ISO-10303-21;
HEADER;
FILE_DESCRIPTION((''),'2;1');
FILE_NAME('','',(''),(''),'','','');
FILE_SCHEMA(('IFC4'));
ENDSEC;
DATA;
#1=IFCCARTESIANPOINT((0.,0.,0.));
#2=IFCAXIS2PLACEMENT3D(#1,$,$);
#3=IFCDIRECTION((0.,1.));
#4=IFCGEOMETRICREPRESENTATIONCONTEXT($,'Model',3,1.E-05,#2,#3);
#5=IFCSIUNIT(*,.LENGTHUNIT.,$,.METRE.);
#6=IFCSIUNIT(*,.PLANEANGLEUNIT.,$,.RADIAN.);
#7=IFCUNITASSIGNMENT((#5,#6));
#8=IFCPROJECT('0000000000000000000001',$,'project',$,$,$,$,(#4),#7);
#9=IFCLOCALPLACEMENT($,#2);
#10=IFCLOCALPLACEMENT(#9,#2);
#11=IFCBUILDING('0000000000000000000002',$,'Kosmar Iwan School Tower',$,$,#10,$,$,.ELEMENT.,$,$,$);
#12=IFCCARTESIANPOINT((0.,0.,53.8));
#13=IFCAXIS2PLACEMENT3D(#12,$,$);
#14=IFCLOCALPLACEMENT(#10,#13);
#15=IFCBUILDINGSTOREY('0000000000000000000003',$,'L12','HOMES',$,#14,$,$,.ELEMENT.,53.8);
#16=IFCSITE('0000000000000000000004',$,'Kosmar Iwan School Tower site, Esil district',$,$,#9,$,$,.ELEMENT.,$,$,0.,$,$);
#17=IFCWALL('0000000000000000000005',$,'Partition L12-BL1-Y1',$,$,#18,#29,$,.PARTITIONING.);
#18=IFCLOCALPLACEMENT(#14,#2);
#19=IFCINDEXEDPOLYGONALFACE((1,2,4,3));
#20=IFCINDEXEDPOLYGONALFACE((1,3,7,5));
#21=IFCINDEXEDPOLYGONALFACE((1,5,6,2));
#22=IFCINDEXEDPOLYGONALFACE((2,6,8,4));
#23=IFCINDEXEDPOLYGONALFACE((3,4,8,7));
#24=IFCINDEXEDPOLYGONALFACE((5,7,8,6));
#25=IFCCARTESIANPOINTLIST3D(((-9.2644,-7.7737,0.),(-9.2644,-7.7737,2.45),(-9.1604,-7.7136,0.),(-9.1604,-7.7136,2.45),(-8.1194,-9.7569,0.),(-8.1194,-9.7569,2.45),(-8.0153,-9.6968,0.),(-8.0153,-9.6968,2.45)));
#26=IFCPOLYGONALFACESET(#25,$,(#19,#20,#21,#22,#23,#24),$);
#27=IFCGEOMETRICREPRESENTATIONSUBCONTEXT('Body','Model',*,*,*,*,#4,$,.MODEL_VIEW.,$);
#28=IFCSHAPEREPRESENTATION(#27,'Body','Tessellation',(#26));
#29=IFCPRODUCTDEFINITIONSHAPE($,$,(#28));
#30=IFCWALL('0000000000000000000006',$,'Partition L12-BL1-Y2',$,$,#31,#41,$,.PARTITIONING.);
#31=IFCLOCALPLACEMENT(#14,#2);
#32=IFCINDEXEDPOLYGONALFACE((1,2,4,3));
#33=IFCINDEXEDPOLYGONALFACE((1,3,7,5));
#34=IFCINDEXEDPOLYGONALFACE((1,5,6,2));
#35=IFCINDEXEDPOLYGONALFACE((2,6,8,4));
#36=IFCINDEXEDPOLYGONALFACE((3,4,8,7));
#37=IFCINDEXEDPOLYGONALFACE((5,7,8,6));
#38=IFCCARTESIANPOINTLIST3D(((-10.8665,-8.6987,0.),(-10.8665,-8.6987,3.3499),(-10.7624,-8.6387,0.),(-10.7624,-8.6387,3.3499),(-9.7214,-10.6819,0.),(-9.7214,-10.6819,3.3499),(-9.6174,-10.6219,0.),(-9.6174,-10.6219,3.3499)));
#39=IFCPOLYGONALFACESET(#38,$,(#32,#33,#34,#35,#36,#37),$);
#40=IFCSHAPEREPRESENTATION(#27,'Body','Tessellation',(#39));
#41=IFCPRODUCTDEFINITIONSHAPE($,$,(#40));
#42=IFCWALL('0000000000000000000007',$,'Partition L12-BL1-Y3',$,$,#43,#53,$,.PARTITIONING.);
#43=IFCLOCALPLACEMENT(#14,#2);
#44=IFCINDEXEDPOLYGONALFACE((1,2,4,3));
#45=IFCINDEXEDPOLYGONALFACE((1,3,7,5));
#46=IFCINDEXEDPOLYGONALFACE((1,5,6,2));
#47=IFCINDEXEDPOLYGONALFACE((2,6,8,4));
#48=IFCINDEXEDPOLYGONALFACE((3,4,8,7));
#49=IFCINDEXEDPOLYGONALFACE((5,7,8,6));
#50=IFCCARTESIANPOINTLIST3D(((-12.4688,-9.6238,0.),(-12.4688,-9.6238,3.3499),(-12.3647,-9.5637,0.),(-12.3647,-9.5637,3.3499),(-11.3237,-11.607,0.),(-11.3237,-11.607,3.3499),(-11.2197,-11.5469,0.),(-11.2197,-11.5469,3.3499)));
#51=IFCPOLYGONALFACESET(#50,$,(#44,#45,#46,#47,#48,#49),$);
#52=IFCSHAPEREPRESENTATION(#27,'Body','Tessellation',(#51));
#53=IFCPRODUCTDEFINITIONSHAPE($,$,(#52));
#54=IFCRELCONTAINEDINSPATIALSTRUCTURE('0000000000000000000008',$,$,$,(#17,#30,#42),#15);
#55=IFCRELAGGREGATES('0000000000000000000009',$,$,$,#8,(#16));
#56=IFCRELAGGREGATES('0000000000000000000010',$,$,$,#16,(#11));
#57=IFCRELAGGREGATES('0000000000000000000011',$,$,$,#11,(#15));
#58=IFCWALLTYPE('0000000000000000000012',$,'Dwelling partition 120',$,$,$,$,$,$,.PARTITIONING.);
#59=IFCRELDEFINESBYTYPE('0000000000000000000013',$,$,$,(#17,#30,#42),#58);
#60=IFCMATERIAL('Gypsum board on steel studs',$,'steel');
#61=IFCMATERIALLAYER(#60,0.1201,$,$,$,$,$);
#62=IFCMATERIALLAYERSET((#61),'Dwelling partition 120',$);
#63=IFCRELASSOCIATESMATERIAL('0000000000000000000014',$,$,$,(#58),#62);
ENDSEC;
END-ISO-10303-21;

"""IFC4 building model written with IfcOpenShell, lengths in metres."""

from ifc_helpers import new_model, si_unit, direction, frame, frame_2d, origin, place, context, subcontext, project, spatial, rectangle, extrude, material, layer, layer_set, type_object, element, save


model = new_model("IFC4")

# Units and contexts
model_context = context("Model", 3, precision=1e-05, world=origin(), true_north=direction((0.0, 1.0)))
body_context = subcontext(model_context, "Body", "Model", "MODEL_VIEW")
ifc_project = project(units=[si_unit("LENGTHUNIT", "METRE"), si_unit("PLANEANGLEUNIT", "RADIAN")], contexts=[model_context])

# Site, building, storey
site_placement = place(None, origin())
site = spatial("IfcSite", under=ifc_project, at=site_placement, Name="Kosmar Iwan School Tower site, Esil district", CompositionType="ELEMENT", RefElevation=0.0)
building_placement = place(site_placement, origin())
building = spatial("IfcBuilding", under=site, at=building_placement, Name="Kosmar Iwan School Tower", CompositionType="ELEMENT")
storey_placement = place(building_placement, frame((0.0, 0.0, 53.8)))
storey = spatial("IfcBuildingStorey", under=building, at=storey_placement, Name="L12", Description="HOMES", CompositionType="ELEMENT", Elevation=53.8)

# Shared definitions
ifc_material_1 = material(Name="Gypsum board on steel studs", Category="steel")
ifc_layer_1 = layer(ifc_material_1, 0.1201)
ifc_layer_set_1 = layer_set([ifc_layer_1], Name="Dwelling partition 120")
wall_type_1 = type_object("IfcWallType", Name="Dwelling partition 120", PredefinedType="PARTITIONING", material=ifc_layer_set_1)

# Walls
wall_1_placement = place(storey_placement, frame((-9.2124, -7.7437, 0.0), z_axis=(0.0, 0.0, 1.0), x_axis=(0.500015, -0.866017, 0.0)))
element("IfcWall", 1, at=wall_1_placement, inside=storey, type_object=wall_type_1, Name="Partition L12-BL1-Y1", PredefinedType="PARTITIONING", context=body_context, shape_type="SweptSolid", body=[
    extrude(rectangle(XDim=2.29, YDim=0.1201, at=frame_2d((1.145, 0.0))), origin(), (0.0, 0.0, 1.0), 2.45),
])
for number, where, z_axis, x_axis, name in (
    (2, (-10.8145, -8.6687, 0.0), (0.0, 0.0, 1.0), (0.500015, -0.866017, 0.0), "Partition L12-BL1-Y2"),
    (3, (-12.4167, -9.5938, 0.0), (0.0, 0.0, 1.0), (0.500015, -0.866017, 0.0), "Partition L12-BL1-Y3"),
):
    element("IfcWall", number, at=place(storey_placement, frame(where, z_axis=z_axis, x_axis=x_axis)), inside=storey, type_object=wall_type_1, Name=name, PredefinedType="PARTITIONING", context=body_context, shape_type="SweptSolid", body=[
        extrude(rectangle(XDim=2.29, YDim=0.1201, at=frame_2d((1.145, 0.0))), origin(), (0.0, 0.0, 1.0), 3.3499),
    ])

save(model, "model.ifc")
